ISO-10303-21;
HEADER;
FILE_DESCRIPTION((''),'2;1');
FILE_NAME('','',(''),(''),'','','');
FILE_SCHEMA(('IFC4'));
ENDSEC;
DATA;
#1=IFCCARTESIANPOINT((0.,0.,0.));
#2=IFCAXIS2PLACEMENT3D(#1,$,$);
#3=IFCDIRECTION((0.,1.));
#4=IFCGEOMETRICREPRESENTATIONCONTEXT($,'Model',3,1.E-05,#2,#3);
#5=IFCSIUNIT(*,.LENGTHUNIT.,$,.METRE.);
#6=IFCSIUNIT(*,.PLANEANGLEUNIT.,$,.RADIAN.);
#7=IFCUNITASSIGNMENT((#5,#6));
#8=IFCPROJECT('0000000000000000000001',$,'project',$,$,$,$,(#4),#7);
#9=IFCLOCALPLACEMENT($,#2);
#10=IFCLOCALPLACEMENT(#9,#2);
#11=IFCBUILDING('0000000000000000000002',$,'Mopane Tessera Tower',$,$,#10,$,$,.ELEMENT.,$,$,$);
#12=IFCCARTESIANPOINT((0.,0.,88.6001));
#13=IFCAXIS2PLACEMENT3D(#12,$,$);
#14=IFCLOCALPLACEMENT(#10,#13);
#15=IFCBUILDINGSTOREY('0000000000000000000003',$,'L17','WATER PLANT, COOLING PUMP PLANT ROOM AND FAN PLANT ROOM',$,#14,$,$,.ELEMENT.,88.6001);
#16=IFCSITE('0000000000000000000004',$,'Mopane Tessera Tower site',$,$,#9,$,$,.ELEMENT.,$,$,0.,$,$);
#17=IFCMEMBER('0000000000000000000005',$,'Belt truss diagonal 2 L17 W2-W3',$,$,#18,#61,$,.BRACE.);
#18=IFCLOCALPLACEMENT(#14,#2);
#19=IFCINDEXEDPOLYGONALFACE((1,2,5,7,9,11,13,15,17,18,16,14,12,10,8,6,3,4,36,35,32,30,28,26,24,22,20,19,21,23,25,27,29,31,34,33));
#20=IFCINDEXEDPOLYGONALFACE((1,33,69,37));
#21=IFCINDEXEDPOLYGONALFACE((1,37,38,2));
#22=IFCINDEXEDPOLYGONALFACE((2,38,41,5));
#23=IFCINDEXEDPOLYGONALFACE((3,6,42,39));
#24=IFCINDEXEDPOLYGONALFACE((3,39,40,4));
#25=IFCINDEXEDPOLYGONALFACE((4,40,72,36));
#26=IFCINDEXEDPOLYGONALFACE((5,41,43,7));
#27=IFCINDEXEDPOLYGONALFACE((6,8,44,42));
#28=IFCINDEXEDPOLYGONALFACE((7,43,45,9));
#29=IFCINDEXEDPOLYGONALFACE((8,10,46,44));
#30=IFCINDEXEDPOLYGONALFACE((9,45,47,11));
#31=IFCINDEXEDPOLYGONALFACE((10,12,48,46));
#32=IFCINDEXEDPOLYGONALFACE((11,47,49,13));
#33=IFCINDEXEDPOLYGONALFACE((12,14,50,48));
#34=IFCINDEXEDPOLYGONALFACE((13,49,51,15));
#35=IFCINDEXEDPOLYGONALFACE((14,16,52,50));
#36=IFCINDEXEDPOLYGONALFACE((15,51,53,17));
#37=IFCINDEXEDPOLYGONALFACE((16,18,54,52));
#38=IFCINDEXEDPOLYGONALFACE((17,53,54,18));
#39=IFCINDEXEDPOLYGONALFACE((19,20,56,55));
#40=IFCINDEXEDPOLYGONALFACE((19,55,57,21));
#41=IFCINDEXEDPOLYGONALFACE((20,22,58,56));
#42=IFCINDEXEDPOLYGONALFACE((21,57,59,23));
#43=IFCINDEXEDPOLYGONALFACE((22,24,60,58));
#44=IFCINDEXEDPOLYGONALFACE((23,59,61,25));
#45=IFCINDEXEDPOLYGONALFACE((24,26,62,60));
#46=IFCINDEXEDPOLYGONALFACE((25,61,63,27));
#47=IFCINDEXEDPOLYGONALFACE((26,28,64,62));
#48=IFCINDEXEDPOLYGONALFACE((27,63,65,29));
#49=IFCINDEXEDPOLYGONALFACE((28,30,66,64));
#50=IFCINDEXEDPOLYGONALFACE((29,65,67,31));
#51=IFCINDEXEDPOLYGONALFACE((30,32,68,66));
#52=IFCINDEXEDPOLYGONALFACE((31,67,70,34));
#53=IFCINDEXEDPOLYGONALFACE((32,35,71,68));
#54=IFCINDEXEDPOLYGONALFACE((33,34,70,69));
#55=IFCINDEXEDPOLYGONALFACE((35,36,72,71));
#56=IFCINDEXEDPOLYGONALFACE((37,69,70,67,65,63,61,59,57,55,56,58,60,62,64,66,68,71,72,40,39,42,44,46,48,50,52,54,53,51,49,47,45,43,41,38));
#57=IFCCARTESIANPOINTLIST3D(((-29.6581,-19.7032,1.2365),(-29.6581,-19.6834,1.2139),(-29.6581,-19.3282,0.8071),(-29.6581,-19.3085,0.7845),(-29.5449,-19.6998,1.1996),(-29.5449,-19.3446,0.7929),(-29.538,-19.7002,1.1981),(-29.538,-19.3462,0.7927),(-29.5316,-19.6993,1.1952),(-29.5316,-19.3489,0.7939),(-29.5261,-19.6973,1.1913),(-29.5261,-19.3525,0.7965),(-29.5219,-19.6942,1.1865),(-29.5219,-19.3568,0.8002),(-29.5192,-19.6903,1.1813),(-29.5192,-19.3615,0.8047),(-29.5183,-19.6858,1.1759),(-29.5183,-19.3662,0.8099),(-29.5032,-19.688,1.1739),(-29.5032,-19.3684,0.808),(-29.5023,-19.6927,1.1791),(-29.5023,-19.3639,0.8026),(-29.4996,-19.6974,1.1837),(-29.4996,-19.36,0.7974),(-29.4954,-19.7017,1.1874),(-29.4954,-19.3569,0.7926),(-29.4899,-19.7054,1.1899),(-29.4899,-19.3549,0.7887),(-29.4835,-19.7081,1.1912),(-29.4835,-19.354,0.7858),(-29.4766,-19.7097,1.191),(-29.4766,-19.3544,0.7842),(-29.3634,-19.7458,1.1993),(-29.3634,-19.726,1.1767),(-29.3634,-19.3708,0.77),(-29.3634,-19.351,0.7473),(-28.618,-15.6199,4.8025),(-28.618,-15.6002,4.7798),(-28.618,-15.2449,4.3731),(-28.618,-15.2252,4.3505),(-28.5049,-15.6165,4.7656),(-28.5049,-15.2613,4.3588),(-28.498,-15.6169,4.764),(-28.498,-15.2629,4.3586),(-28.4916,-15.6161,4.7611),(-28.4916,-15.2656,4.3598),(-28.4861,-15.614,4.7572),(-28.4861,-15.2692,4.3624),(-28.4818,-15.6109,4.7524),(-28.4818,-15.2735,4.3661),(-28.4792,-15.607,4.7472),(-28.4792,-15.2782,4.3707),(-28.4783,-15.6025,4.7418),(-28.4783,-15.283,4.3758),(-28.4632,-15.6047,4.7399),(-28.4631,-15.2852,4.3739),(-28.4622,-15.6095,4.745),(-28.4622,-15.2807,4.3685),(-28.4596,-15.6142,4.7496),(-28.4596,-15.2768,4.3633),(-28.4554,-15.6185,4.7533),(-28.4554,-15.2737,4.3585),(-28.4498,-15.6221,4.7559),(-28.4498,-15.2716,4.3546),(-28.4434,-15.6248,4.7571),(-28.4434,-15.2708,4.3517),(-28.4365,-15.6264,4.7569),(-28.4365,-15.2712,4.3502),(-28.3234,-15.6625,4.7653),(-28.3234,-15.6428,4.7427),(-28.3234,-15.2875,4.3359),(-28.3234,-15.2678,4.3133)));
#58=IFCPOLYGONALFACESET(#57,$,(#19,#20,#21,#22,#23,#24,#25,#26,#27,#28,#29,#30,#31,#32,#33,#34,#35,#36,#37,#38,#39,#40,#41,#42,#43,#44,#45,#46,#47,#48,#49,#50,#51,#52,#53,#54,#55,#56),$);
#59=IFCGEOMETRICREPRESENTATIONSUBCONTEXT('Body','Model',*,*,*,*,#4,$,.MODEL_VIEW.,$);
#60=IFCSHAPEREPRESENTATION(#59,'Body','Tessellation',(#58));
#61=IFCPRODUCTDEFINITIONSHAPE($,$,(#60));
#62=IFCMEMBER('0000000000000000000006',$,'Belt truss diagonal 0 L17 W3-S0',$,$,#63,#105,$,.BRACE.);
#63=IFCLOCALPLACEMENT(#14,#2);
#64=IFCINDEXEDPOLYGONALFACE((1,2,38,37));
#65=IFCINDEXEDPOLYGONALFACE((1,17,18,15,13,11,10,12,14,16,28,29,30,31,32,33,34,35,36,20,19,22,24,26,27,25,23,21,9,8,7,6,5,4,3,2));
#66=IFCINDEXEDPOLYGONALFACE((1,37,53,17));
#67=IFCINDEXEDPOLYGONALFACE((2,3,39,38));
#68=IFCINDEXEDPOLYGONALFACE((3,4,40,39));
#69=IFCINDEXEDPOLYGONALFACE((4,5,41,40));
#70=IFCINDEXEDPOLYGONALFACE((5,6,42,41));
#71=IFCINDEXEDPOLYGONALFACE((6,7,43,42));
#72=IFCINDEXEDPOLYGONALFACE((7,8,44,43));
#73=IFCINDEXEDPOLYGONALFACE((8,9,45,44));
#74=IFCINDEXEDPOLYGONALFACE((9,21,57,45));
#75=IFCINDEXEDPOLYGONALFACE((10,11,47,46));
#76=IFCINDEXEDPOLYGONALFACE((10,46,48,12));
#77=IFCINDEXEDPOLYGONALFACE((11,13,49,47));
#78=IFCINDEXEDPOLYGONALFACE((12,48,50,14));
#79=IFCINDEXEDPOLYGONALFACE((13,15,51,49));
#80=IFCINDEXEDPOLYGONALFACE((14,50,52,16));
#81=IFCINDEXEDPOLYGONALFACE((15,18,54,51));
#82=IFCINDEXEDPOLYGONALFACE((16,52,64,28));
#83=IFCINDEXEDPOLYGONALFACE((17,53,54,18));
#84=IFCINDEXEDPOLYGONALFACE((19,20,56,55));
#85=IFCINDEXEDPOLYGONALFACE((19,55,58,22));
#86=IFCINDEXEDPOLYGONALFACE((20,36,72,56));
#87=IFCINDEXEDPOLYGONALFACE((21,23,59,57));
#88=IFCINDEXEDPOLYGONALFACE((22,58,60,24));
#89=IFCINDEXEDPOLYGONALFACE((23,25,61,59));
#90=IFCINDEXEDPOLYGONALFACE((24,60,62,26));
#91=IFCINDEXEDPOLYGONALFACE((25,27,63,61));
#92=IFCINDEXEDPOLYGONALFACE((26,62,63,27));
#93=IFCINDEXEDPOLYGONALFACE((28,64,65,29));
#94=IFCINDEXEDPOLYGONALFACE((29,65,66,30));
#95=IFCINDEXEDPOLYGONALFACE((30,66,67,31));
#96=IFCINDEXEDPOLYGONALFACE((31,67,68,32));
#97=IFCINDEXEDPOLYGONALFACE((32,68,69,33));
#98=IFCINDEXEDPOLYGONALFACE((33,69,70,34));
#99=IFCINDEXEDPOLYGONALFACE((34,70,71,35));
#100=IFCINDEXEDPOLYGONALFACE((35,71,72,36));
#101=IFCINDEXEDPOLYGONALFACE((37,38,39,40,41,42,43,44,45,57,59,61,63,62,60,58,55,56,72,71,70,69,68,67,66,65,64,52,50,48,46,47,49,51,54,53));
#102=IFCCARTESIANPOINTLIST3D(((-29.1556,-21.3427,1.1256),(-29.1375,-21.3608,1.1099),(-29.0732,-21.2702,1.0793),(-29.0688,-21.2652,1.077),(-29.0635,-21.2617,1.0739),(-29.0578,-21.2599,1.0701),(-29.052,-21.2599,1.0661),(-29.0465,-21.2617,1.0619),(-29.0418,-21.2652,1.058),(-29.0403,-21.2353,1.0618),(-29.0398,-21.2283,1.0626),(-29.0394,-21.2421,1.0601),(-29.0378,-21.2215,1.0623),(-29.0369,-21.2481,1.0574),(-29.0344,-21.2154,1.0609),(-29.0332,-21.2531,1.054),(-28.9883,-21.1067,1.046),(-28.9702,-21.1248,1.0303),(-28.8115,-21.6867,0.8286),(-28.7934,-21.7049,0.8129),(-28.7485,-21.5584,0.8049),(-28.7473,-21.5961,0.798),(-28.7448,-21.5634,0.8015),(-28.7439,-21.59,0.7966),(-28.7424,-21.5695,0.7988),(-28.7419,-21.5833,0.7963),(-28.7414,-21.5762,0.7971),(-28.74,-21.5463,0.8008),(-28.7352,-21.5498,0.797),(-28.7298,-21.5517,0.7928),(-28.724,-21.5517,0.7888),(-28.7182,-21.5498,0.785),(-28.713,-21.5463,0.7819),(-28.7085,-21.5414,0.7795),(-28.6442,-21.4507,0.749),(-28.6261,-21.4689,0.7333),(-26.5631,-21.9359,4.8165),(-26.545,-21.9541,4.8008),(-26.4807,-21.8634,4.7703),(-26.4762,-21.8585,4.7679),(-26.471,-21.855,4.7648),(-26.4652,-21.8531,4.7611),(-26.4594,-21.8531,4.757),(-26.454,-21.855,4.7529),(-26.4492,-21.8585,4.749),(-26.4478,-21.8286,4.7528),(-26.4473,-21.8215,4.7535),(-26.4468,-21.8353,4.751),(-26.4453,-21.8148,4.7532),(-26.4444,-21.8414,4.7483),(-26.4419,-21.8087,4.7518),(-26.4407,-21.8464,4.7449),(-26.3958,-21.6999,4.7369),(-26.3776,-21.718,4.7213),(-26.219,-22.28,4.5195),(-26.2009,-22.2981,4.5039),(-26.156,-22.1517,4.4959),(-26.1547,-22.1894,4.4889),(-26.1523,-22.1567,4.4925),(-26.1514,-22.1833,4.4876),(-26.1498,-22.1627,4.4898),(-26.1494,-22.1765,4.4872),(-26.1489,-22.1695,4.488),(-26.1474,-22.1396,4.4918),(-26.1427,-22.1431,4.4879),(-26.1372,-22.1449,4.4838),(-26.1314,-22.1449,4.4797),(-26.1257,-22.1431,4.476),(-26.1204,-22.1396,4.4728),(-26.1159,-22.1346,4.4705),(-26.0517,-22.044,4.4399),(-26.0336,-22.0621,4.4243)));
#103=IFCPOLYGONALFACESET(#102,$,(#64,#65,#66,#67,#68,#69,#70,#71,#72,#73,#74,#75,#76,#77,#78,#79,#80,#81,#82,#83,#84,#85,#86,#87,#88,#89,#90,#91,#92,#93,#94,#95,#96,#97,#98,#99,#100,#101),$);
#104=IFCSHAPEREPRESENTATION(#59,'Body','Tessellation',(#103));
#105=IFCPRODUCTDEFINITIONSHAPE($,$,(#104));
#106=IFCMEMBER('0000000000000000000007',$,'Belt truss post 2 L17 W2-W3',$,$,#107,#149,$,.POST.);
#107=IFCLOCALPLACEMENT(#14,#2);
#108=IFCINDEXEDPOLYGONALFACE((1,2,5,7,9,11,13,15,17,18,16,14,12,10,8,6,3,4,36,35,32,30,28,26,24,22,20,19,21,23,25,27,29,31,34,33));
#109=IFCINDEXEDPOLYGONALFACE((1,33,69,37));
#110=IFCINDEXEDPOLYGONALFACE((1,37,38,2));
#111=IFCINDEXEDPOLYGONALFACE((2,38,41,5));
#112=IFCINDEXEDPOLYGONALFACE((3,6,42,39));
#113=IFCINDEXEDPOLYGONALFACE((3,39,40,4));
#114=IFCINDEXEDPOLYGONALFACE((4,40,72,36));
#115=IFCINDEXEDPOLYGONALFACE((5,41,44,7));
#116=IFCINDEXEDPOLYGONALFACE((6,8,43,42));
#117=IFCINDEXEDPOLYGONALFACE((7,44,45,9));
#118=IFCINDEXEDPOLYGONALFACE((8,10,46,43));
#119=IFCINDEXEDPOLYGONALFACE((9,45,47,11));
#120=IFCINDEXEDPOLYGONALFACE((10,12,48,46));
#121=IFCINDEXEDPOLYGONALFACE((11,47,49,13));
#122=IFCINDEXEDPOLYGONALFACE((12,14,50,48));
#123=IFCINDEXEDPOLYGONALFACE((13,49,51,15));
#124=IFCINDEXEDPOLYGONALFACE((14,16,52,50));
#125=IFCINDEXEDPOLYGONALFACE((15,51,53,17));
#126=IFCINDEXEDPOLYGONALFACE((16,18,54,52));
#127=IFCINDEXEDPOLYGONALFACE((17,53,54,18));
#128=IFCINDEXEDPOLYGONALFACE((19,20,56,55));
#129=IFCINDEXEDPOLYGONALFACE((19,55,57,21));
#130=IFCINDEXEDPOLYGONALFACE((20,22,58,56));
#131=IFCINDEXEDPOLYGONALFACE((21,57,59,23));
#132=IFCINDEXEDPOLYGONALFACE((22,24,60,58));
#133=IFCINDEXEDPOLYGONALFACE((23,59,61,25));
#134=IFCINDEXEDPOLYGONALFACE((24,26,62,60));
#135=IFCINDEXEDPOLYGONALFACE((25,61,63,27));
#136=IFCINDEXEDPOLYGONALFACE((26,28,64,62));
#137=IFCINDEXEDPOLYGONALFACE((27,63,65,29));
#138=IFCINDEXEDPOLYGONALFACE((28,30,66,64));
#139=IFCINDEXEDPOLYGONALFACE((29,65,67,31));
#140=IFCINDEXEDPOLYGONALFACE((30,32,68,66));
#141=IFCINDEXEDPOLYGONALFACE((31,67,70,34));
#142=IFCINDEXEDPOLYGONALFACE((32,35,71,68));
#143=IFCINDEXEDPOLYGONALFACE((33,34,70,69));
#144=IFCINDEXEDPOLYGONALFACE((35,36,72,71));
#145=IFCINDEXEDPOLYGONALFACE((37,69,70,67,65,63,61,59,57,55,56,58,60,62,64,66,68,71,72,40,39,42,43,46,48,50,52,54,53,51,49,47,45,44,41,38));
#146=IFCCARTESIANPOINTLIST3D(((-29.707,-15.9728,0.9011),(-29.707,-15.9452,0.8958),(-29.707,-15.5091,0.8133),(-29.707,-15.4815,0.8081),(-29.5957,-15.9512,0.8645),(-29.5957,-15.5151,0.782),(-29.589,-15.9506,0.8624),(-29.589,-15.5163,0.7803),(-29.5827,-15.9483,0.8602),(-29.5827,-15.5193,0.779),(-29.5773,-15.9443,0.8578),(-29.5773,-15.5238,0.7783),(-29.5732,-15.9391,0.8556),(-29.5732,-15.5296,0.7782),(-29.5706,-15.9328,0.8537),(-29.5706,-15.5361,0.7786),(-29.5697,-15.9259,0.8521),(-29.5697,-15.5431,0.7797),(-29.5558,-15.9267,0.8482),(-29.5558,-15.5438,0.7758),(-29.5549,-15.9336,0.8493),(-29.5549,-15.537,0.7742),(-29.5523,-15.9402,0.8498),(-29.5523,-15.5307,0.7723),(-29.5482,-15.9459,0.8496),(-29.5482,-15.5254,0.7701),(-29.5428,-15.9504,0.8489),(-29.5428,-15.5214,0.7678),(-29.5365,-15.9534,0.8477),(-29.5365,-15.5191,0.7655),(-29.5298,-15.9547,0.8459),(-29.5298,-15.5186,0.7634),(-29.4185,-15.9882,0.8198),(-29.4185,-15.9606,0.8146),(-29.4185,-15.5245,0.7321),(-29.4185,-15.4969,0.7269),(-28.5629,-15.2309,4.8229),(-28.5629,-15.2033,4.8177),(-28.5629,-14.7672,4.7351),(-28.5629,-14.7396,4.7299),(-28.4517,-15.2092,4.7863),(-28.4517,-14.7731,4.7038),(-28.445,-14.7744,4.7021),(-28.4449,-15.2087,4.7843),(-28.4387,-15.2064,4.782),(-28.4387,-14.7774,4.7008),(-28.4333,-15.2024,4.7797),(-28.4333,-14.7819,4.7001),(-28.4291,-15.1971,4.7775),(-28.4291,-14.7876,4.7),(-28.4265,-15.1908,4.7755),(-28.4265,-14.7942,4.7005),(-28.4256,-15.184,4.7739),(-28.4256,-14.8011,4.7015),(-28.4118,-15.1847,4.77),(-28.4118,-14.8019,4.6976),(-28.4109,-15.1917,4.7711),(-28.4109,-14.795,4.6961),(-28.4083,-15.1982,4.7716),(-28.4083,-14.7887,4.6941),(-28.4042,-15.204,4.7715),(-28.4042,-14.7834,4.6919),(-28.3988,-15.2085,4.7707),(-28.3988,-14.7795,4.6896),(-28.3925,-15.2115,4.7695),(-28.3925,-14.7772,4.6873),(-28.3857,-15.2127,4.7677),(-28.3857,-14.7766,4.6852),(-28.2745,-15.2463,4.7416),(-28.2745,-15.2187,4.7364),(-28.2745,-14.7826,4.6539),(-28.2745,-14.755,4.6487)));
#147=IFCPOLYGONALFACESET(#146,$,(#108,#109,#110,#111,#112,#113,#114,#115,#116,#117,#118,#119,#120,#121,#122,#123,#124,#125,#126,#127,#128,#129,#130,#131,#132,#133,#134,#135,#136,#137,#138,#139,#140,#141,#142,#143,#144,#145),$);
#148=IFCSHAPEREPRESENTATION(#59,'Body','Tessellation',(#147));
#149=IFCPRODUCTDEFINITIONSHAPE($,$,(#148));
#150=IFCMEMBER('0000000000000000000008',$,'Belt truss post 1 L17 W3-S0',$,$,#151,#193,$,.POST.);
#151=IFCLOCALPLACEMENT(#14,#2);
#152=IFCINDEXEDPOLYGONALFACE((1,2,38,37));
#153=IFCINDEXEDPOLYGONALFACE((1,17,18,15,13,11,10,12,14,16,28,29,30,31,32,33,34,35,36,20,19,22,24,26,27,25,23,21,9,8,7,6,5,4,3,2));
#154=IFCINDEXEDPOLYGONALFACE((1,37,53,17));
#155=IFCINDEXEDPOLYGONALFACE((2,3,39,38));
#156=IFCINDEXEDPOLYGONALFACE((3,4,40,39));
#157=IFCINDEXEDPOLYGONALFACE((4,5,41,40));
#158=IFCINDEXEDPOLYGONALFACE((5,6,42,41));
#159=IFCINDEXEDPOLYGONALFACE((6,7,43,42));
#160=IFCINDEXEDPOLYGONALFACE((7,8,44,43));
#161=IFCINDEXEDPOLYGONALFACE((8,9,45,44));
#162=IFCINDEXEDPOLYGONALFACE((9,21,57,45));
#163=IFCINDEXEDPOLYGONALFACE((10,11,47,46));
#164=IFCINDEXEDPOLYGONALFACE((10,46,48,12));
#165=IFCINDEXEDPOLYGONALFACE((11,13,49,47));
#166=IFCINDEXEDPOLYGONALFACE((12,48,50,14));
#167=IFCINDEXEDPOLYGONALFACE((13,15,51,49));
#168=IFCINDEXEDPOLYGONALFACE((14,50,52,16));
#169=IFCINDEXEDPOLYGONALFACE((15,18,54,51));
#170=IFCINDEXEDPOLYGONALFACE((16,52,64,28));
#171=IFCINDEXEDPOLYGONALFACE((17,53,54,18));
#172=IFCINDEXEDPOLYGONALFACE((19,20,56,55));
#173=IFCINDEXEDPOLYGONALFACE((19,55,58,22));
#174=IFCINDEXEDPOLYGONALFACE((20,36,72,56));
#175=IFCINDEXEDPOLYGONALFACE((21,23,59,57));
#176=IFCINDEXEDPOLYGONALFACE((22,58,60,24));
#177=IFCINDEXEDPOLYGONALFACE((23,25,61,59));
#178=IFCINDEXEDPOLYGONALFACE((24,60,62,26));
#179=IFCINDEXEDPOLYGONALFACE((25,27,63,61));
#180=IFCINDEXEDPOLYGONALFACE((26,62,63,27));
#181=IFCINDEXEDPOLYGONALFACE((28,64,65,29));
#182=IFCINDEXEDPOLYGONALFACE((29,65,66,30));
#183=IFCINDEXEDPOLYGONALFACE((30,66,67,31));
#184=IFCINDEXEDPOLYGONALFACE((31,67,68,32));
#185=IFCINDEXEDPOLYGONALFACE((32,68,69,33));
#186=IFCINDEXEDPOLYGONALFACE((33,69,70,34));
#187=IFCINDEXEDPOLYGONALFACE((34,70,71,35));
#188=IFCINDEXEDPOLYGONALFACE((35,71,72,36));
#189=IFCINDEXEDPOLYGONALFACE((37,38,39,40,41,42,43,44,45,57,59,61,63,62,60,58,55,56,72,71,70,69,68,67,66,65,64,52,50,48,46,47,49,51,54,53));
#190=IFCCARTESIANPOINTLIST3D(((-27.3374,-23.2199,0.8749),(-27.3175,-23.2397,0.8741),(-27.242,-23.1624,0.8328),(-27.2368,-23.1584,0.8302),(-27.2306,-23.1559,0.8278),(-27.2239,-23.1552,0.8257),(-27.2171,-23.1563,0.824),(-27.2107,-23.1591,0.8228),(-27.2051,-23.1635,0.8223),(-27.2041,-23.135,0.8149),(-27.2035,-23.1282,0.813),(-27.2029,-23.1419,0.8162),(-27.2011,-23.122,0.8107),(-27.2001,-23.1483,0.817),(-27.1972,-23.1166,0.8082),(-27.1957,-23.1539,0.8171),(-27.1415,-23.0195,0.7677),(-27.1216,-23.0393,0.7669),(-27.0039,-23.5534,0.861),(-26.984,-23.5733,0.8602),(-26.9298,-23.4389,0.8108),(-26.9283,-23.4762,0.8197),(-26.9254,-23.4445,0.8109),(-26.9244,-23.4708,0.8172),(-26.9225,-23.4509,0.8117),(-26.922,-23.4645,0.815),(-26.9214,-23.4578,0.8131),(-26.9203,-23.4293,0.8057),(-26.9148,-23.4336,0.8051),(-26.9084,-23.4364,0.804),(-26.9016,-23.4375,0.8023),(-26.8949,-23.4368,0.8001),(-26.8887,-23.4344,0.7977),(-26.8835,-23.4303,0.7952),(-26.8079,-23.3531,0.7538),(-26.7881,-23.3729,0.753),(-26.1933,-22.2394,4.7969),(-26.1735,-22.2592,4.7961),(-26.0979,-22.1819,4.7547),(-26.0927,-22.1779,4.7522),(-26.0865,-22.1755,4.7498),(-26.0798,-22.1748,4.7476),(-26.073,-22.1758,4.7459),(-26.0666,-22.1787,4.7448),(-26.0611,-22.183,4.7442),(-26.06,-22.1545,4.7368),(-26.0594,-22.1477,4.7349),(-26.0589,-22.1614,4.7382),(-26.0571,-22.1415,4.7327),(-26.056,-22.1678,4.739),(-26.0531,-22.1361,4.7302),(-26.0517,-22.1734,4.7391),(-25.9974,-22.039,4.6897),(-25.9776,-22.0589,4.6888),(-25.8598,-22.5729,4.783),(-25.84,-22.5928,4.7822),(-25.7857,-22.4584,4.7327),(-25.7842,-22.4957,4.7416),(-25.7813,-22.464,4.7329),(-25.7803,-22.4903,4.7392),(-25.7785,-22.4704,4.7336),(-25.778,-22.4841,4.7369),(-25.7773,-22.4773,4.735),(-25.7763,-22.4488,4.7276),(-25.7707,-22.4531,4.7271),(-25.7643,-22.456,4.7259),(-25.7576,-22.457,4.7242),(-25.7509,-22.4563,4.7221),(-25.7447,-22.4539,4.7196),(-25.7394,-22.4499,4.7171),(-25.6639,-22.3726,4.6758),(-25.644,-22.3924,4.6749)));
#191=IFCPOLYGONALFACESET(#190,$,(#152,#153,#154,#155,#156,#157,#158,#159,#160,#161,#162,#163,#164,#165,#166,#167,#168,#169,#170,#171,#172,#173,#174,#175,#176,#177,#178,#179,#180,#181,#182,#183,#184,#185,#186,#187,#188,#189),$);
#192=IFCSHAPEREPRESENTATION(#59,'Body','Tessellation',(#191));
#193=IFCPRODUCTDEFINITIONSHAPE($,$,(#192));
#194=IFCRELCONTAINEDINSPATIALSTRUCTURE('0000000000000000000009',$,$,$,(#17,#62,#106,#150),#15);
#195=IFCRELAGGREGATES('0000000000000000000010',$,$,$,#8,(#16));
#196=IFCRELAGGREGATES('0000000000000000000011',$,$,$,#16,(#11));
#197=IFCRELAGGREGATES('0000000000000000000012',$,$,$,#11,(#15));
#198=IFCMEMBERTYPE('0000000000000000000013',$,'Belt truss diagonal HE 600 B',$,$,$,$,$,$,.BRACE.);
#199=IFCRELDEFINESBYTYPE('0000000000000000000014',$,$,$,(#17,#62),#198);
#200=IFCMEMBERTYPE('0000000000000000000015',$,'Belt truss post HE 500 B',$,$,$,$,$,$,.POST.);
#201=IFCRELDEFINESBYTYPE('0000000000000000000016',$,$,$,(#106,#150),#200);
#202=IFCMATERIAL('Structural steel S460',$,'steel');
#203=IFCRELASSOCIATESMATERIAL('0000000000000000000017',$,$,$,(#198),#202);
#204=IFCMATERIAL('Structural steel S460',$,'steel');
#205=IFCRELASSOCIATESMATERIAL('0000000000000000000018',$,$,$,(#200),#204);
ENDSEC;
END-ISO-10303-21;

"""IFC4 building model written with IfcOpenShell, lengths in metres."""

from ifc_helpers import new_model, si_unit, direction, frame, origin, origin_2d, place, context, subcontext, project, spatial, i_section, extrude, material, material_profile, profile_set, type_object, element, save


model = new_model("IFC4")

# Units and contexts
model_context = context("Model", 3, precision=1e-05, world=origin(), true_north=direction((0.0, 1.0)))
body_context = subcontext(model_context, "Body", "Model", "MODEL_VIEW")
ifc_project = project(units=[si_unit("LENGTHUNIT", "METRE"), si_unit("PLANEANGLEUNIT", "RADIAN")], contexts=[model_context])

# Site, building, storey
site_placement = place(None, origin())
site = spatial("IfcSite", under=ifc_project, at=site_placement, Name="Mopane Tessera Tower site", CompositionType="ELEMENT", RefElevation=0.0)
building_placement = place(site_placement, origin())
building = spatial("IfcBuilding", under=site, at=building_placement, Name="Mopane Tessera Tower", CompositionType="ELEMENT")
storey_placement = place(building_placement, frame((0.0, 0.0, 88.6001)))
storey = spatial("IfcBuildingStorey", under=building, at=storey_placement, Name="L17", Description="WATER PLANT, COOLING PUMP PLANT ROOM AND FAN PLANT ROOM", CompositionType="ELEMENT", Elevation=88.6001)

# Members
ifc_material_1 = material(Name="Structural steel S460", Category="steel")
ifc_material_profile_1 = material_profile(ifc_material_1, i_section(OverallWidth=0.3, OverallDepth=0.6001, WebThickness=0.0154, FlangeThickness=0.03, FilletRadius=0.0271, at=origin_2d()))
ifc_profile_set_1 = profile_set([ifc_material_profile_1], Name="Structural steel S460")
member_type_1 = type_object("IfcMemberType", Name="Belt truss diagonal HE 600 B", PredefinedType="BRACE", material=ifc_profile_set_1)
member_1_placement = place(storey_placement, frame((-28.4707, -15.4438, 4.5579), z_axis=(-0.188413, -0.73972, -0.646), x_axis=(0.98209, -0.141917, -0.123932)))
element("IfcMember", 1, at=member_1_placement, inside=storey, type_object=member_type_1, Name="Belt truss diagonal 2 L17 W2-W3", PredefinedType="BRACE", context=body_context, shape_type="SweptSolid", body=[
    extrude(i_section(OverallWidth=0.3, OverallDepth=0.6001, WebThickness=0.0154, FlangeThickness=0.03, FilletRadius=0.0271, at=origin_2d()), origin(), (0.0, 0.0, 1.0), 5.52),
])
member_2_placement = place(storey_placement, frame((-28.8909, -21.4058, 0.9294), z_axis=(0.569876, -0.130408, 0.811317), x_axis=(0.557621, 0.786577, -0.265247)))
element("IfcMember", 2, at=member_2_placement, inside=storey, type_object=member_type_1, Name="Belt truss diagonal 0 L17 W3-S0", PredefinedType="BRACE", context=body_context, shape_type="SweptSolid", body=[
    extrude(i_section(OverallWidth=0.3, OverallDepth=0.6001, WebThickness=0.0154, FlangeThickness=0.03, FilletRadius=0.0271, at=origin_2d()), origin(), (0.0, 0.0, 1.0), 4.5493),
])
ifc_material_2 = material(Name="Structural steel S460", Category="steel")
ifc_material_profile_2 = material_profile(ifc_material_2, i_section(OverallWidth=0.3, OverallDepth=0.5, WebThickness=0.0144, FlangeThickness=0.0281, FilletRadius=0.0271, at=origin_2d()))
ifc_profile_set_2 = profile_set([ifc_material_profile_2], Name="Structural steel S460")
member_type_2 = type_object("IfcMemberType", Name="Belt truss post HE 500 B", PredefinedType="POST", material=ifc_profile_set_2)
member_3_placement = place(storey_placement, frame((-29.5627, -15.7349, 0.814), z_axis=(0.27553, 0.178689, 0.944539), x_axis=(0.961293, -0.051207, -0.270729)))
element("IfcMember", 3, at=member_3_placement, inside=storey, type_object=member_type_2, Name="Belt truss post 2 L17 W2-W3", PredefinedType="POST", context=body_context, shape_type="SweptSolid", body=[
    extrude(i_section(OverallWidth=0.3, OverallDepth=0.5, WebThickness=0.0144, FlangeThickness=0.0281, FilletRadius=0.0271, at=origin_2d()), origin(), (0.0, 0.0, 1.0), 4.1521),
])
member_4_placement = place(storey_placement, frame((-27.0627, -23.2964, 0.814), z_axis=(0.272304, 0.23337, 0.933482), x_axis=(0.652959, 0.667758, -0.357413)))
element("IfcMember", 4, at=member_4_placement, inside=storey, type_object=member_type_2, Name="Belt truss post 1 L17 W3-S0", PredefinedType="POST", context=body_context, shape_type="SweptSolid", body=[
    extrude(i_section(OverallWidth=0.3, OverallDepth=0.5, WebThickness=0.0144, FlangeThickness=0.0281, FilletRadius=0.0271, at=origin_2d()), origin(), (0.0, 0.0, 1.0), 4.2014),
])

save(model, "model.ifc")
